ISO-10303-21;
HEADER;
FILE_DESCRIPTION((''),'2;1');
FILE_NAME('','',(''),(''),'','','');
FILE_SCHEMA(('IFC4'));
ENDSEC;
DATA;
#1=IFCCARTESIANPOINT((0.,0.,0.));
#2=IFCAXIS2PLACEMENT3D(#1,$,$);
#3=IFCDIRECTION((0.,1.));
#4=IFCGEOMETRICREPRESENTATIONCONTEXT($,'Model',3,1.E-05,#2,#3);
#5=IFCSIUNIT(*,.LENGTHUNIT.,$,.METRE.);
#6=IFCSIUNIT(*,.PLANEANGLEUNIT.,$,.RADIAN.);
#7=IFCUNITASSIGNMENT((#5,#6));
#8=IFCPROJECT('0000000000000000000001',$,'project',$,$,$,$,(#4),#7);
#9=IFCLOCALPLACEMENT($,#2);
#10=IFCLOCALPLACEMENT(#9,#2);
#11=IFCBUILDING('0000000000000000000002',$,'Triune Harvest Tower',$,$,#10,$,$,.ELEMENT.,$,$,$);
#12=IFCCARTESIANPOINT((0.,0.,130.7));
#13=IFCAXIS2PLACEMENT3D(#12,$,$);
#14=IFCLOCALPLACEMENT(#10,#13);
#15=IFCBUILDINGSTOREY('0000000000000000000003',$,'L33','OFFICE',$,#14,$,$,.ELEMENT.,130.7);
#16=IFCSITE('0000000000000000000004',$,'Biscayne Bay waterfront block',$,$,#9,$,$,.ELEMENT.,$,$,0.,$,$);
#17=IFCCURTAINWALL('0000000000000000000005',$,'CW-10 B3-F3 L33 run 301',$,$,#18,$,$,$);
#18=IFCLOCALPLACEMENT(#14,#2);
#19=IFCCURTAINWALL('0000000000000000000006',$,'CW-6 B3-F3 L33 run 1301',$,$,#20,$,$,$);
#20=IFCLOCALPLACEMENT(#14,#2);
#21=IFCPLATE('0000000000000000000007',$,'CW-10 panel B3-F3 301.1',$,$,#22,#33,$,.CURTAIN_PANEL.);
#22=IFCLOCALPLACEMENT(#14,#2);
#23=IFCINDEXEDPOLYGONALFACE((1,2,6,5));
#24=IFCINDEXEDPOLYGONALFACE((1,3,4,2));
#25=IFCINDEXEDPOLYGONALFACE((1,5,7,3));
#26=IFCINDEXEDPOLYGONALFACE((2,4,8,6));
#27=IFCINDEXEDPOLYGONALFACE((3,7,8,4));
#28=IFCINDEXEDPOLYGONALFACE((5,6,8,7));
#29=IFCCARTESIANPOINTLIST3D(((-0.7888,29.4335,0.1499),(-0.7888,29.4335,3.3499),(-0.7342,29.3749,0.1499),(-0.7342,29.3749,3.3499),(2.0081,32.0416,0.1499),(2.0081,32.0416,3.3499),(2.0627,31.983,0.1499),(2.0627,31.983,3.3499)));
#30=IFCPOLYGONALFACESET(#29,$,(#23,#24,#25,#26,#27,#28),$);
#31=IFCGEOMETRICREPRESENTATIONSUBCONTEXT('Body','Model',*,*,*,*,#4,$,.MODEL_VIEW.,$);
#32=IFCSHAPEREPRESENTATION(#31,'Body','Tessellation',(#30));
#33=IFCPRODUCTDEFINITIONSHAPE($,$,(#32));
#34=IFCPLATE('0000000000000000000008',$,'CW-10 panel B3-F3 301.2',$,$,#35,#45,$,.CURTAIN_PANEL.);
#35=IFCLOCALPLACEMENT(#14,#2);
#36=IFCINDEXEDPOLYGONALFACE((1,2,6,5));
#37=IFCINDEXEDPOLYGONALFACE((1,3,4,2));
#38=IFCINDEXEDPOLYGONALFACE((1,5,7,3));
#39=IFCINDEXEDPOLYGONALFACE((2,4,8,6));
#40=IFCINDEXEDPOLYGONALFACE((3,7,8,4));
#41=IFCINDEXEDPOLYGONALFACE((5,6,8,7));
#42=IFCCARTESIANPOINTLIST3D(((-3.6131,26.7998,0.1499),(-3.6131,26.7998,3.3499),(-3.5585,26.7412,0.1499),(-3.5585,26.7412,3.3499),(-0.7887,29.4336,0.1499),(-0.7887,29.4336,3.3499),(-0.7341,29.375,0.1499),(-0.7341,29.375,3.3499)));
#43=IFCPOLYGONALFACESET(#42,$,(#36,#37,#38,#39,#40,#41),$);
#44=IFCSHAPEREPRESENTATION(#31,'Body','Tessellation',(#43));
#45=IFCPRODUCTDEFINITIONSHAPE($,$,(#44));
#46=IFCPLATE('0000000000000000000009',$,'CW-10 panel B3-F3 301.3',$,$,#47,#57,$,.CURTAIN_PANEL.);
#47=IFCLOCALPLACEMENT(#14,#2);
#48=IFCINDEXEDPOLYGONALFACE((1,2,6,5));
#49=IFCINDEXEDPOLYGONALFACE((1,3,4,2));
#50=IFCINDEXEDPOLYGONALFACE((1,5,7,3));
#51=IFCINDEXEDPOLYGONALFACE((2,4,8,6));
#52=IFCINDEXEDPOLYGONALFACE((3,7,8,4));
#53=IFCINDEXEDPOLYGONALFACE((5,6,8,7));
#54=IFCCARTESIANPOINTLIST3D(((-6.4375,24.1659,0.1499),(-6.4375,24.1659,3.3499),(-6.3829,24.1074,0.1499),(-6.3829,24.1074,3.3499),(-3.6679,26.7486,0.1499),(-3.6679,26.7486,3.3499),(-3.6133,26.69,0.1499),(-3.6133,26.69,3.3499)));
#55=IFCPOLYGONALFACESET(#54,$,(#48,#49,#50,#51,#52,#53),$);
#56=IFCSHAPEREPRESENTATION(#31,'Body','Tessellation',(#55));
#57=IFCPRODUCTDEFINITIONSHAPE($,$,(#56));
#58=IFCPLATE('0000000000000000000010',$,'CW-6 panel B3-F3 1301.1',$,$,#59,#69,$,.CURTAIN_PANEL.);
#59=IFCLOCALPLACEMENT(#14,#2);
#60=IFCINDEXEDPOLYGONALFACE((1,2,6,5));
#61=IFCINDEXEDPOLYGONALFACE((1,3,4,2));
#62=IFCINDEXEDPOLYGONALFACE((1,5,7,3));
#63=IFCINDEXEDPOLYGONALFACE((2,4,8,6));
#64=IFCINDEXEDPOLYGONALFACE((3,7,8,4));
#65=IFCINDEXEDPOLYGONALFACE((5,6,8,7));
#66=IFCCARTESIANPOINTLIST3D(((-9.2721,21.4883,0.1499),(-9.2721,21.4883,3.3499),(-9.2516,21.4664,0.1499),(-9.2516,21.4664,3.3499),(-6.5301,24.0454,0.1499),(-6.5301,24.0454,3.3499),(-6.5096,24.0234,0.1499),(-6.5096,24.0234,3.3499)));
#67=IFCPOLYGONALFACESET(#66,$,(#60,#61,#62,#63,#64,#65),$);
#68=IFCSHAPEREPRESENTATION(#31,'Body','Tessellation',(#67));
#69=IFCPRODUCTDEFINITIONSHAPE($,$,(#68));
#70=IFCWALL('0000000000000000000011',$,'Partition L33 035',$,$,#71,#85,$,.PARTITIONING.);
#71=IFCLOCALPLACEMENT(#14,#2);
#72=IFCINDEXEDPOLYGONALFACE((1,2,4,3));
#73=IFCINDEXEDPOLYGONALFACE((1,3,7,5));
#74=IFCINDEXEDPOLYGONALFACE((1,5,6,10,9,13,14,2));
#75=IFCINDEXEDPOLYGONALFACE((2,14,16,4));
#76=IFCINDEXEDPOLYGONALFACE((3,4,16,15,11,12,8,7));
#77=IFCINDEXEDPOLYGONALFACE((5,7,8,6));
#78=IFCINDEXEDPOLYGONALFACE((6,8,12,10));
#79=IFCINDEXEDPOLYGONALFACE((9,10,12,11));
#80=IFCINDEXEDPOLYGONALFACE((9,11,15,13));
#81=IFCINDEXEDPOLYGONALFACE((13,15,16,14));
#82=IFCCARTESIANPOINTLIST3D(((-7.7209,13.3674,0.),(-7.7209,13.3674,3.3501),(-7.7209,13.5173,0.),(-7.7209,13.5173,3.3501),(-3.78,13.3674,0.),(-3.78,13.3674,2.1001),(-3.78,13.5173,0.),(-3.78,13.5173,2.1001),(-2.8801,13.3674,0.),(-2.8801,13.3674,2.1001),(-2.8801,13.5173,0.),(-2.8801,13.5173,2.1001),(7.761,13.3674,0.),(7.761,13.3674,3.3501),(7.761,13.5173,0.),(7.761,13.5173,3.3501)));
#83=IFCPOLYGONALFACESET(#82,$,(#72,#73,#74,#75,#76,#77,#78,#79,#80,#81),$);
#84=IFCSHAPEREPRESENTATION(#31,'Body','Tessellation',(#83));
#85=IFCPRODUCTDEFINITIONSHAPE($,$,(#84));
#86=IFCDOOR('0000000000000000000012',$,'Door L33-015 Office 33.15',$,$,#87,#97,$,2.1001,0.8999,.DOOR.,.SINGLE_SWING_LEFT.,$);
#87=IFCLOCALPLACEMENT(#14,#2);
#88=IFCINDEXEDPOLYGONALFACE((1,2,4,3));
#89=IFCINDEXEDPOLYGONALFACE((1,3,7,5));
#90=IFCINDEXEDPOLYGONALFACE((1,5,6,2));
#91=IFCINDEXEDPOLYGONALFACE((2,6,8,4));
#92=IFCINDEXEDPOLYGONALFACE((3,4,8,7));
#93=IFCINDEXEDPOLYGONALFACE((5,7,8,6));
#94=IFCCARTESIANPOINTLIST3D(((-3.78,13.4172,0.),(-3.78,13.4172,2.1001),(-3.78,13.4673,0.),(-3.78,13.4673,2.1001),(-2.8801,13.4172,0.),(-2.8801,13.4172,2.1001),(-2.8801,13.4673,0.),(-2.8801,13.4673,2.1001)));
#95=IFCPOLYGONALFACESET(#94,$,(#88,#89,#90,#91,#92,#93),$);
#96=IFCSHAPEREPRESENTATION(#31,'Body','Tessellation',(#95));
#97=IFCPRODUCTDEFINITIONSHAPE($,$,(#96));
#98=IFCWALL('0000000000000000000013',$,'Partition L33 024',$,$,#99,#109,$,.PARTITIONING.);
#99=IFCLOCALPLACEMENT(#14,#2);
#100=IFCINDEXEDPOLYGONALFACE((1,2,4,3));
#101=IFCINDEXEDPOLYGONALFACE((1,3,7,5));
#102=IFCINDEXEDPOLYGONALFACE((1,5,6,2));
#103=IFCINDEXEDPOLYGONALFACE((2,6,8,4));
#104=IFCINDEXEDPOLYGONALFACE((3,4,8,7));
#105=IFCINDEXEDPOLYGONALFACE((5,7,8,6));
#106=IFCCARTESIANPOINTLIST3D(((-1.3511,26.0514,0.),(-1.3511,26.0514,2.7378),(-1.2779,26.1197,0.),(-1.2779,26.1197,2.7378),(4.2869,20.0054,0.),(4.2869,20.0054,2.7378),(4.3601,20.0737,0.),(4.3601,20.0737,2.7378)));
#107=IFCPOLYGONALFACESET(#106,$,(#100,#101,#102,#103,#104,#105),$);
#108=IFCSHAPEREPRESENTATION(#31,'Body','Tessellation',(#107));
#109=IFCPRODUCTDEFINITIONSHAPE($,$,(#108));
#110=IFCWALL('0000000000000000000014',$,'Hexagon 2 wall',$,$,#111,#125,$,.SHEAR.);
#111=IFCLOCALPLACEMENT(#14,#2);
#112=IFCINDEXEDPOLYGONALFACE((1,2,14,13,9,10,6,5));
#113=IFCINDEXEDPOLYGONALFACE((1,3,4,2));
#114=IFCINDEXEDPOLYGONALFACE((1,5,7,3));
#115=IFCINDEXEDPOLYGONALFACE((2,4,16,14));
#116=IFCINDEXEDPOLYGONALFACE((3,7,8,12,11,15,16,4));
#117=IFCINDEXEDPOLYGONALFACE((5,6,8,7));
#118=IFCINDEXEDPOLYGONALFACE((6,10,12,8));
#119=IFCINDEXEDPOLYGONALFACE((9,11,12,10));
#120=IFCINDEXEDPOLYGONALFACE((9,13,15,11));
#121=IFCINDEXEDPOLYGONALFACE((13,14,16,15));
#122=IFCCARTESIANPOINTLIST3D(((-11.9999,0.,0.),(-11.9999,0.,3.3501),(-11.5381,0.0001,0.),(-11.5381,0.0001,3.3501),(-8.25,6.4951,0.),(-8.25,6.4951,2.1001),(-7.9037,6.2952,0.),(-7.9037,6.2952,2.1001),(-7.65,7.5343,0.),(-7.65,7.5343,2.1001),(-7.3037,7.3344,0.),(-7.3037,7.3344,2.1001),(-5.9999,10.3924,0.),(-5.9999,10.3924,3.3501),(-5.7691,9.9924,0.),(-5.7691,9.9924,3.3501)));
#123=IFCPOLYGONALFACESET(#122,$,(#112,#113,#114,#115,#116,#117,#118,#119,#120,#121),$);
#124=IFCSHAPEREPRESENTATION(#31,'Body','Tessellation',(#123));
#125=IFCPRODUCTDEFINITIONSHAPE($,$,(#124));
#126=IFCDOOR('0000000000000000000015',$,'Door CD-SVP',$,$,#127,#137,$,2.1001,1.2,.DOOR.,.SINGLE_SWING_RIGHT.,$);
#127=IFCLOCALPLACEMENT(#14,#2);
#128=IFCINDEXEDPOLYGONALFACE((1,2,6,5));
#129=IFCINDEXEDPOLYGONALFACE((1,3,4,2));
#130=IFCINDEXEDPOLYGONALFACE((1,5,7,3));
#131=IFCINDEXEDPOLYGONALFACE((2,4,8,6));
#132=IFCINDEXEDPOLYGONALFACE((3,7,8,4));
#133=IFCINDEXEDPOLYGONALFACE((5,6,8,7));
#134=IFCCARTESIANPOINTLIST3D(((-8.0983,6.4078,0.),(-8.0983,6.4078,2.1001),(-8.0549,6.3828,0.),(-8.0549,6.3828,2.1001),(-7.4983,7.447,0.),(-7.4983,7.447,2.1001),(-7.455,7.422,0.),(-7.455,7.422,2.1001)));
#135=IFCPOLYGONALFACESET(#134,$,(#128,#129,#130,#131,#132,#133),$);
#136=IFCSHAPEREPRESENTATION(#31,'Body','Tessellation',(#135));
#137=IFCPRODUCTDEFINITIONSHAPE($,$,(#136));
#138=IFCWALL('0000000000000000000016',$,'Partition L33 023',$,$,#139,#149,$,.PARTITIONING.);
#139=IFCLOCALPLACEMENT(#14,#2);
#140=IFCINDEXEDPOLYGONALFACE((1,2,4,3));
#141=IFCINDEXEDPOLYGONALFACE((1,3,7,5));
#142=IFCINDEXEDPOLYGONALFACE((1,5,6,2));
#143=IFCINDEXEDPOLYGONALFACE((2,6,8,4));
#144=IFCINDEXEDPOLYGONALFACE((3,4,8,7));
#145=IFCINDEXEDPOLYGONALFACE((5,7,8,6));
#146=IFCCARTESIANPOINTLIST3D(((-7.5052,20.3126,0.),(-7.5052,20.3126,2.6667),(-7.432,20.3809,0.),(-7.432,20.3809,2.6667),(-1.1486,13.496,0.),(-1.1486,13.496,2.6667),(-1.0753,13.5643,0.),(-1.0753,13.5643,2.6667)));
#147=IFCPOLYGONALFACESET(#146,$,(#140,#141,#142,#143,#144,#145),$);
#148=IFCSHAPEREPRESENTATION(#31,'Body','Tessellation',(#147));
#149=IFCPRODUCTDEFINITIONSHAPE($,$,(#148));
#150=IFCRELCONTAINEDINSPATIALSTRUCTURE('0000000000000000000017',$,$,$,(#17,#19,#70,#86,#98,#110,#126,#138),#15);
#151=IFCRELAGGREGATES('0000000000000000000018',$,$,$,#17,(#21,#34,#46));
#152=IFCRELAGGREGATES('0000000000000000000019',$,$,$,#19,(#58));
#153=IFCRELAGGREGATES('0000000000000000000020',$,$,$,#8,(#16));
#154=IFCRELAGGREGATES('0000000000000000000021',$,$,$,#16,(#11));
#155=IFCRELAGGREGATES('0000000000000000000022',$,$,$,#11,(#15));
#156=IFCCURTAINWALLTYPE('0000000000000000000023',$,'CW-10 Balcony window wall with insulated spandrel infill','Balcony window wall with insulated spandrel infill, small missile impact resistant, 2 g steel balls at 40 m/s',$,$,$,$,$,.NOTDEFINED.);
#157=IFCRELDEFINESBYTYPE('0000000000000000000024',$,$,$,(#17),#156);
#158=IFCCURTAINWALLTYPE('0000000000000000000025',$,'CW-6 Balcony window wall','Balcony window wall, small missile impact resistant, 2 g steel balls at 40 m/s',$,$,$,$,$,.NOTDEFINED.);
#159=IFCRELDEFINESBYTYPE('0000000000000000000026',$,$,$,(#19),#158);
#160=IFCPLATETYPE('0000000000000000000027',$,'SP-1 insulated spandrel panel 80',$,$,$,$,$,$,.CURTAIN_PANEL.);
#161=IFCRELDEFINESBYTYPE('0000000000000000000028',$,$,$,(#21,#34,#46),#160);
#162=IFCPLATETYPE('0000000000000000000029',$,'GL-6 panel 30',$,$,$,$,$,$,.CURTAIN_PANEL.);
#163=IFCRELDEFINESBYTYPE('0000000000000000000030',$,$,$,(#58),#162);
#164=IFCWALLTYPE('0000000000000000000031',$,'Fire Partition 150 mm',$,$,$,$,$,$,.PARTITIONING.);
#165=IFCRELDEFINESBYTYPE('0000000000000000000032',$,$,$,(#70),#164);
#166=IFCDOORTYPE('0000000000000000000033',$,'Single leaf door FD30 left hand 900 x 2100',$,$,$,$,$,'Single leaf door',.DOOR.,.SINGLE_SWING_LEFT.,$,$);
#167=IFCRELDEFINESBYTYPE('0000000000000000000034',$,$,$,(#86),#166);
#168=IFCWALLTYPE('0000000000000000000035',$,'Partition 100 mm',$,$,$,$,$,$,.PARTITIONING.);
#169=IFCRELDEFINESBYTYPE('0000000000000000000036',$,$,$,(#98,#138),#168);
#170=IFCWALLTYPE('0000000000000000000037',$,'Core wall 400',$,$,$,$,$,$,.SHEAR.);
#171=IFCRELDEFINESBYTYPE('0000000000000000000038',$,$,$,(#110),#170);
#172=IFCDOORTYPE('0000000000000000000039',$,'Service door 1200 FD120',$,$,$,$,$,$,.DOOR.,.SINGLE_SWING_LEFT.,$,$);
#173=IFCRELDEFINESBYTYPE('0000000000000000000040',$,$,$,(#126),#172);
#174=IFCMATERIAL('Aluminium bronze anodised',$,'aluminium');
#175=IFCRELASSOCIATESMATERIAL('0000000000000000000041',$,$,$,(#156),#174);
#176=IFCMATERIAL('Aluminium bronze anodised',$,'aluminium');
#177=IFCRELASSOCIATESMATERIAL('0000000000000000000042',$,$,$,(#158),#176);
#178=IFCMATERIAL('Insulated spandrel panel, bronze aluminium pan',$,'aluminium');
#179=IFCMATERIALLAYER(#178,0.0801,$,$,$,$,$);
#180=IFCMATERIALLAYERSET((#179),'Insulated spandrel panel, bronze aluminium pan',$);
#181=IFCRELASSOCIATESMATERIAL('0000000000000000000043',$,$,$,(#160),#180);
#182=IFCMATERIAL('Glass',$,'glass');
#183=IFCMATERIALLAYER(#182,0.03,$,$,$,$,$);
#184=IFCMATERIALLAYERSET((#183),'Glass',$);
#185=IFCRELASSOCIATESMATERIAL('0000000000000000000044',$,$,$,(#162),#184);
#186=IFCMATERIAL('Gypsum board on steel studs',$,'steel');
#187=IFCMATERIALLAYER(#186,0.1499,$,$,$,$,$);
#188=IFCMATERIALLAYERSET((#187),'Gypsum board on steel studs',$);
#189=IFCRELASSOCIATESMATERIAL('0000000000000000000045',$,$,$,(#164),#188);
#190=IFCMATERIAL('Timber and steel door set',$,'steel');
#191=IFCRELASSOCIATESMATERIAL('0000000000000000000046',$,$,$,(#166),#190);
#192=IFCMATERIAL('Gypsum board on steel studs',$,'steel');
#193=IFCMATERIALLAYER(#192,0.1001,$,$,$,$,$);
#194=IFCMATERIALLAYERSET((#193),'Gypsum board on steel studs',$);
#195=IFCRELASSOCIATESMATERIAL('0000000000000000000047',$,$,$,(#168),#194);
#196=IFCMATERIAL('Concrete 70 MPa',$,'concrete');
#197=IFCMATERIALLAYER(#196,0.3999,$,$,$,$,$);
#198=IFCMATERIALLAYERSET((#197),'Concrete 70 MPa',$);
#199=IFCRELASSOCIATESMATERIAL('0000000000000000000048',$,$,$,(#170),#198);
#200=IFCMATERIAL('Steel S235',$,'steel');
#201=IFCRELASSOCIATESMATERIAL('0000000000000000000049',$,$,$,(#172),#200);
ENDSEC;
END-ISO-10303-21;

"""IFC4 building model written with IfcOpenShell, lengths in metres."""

from ifc_helpers import new_model, si_unit, direction, frame, frame_2d, origin, origin_2d, place, context, subcontext, project, spatial, polyline, rectangle, outline, extrude, source, transform, mapped, material, layer, layer_set, type_object, element, fill, aggregate, save


model = new_model("IFC4")

# Units and contexts
model_context = context("Model", 3, precision=1e-05, world=origin(), true_north=direction((0.0, 1.0)))
body_context = subcontext(model_context, "Body", "Model", "MODEL_VIEW")
ifc_project = project(units=[si_unit("LENGTHUNIT", "METRE"), si_unit("PLANEANGLEUNIT", "RADIAN")], contexts=[model_context])

# Site, building, storey
site_placement = place(None, origin())
site = spatial("IfcSite", under=ifc_project, at=site_placement, Name="Biscayne Bay waterfront block", CompositionType="ELEMENT", RefElevation=0.0)
building_placement = place(site_placement, origin())
building = spatial("IfcBuilding", under=site, at=building_placement, Name="Triune Harvest Tower", CompositionType="ELEMENT")
storey_placement = place(building_placement, frame((0.0, 0.0, 130.7)))
storey = spatial("IfcBuildingStorey", under=building, at=storey_placement, Name="L33", Description="OFFICE", CompositionType="ELEMENT", Elevation=130.7)

# Curtain wall
ifc_material_1 = material(Name="Aluminium bronze anodised", Category="aluminium")
curtain_wall_type_1 = type_object("IfcCurtainWallType", Name="CW-10 Balcony window wall with insulated spandrel infill", Description="Balcony window wall with insulated spandrel infill, small missile impact resistant, 2 g steel balls at 40 m/s", PredefinedType="NOTDEFINED", material=ifc_material_1)
curtain_wall_1_placement = place(storey_placement, origin())
curtain_wall_1 = element("IfcCurtainWall", 1, at=curtain_wall_1_placement, inside=storey, type_object=curtain_wall_type_1, Name="CW-10 B3-F3 L33 run 301")

# Curtain wall
ifc_material_2 = material(Name="Aluminium bronze anodised", Category="aluminium")
curtain_wall_type_2 = type_object("IfcCurtainWallType", Name="CW-6 Balcony window wall", Description="Balcony window wall, small missile impact resistant, 2 g steel balls at 40 m/s", PredefinedType="NOTDEFINED", material=ifc_material_2)
curtain_wall_2_placement = place(storey_placement, origin())
curtain_wall_2 = element("IfcCurtainWall", 2, at=curtain_wall_2_placement, inside=storey, type_object=curtain_wall_type_2, Name="CW-6 B3-F3 L33 run 1301")

# Plates
ifc_material_3 = material(Name="Insulated spandrel panel, bronze aluminium pan", Category="aluminium")
ifc_layer_1 = layer(ifc_material_3, 0.0801)
ifc_layer_set_1 = layer_set([ifc_layer_1], Name="Insulated spandrel panel, bronze aluminium pan")
plate_type_1 = type_object("IfcPlateType", Name="SP-1 insulated spandrel panel 80", PredefinedType="CURTAIN_PANEL", material=ifc_layer_set_1)
plate_1_placement = place(storey_placement, frame((0.637, 30.7083, 0.1499), z_axis=(0.0, 0.0, 1.0), x_axis=(-0.731355, -0.681997, 0.0)))
plate_1 = element("IfcPlate", 3, at=plate_1_placement, type_object=plate_type_1, Name="CW-10 panel B3-F3 301.1", PredefinedType="CURTAIN_PANEL", context=body_context, shape_type="SweptSolid", body=[
    extrude(rectangle(XDim=3.8242, YDim=0.0801, at=origin_2d()), origin(), (0.0, 0.0, 1.0), 3.2),
])
plate_2_placement = place(storey_placement, frame((-2.1736, 28.0874, 0.1499), z_axis=(0.0, 0.0, 1.0), x_axis=(-0.731355, -0.681997, 0.0)))
plate_2 = element("IfcPlate", 4, at=plate_2_placement, type_object=plate_type_1, Name="CW-10 panel B3-F3 301.2", PredefinedType="CURTAIN_PANEL", context=body_context, shape_type="SweptSolid", body=[
    extrude(rectangle(XDim=3.8618, YDim=0.0801, at=origin_2d()), origin(), (0.0, 0.0, 1.0), 3.2),
])
plate_3_placement = place(storey_placement, frame((-5.0254, 25.428, 0.1499), z_axis=(0.0, 0.0, 1.0), x_axis=(-0.731355, -0.681997, 0.0)))
plate_3 = element("IfcPlate", 5, at=plate_3_placement, type_object=plate_type_1, Name="CW-10 panel B3-F3 301.3", PredefinedType="CURTAIN_PANEL", context=body_context, shape_type="SweptSolid", body=[
    extrude(rectangle(XDim=3.7869, YDim=0.0801, at=origin_2d()), origin(), (0.0, 0.0, 1.0), 3.2),
])
aggregate(curtain_wall_1, [plate_1, plate_2, plate_3])
ifc_material_4 = material(Name="Glass", Category="glass")
ifc_layer_2 = layer(ifc_material_4, 0.03)
ifc_layer_set_2 = layer_set([ifc_layer_2], Name="Glass")
plate_type_2 = type_object("IfcPlateType", Name="GL-6 panel 30", PredefinedType="CURTAIN_PANEL", material=ifc_layer_set_2)
shared_shape_1 = source(origin(), body_context, "Body", "SweptSolid", [
    extrude(rectangle(XDim=3.7493, YDim=0.03, at=origin_2d()), origin(), (0.0, 0.0, 1.0), 3.2),
])
plate_4_placement = place(storey_placement, frame((-7.8909, 22.7559, 0.1499), z_axis=(0.0, 0.0, 1.0), x_axis=(-0.731347, -0.682006, 0.0)))
plate_4 = element("IfcPlate", 6, at=plate_4_placement, type_object=plate_type_2, Name="CW-6 panel B3-F3 1301.1", PredefinedType="CURTAIN_PANEL", context=body_context, shape_type="MappedRepresentation", body=[
    mapped(shared_shape_1, transform((0.0, 0.0, 0.0), scale=1.0)),
])
aggregate(curtain_wall_2, [plate_4])

# Wall, opening, door
ifc_material_5 = material(Name="Gypsum board on steel studs", Category="steel")
ifc_layer_3 = layer(ifc_material_5, 0.1499)
ifc_layer_set_3 = layer_set([ifc_layer_3], Name="Gypsum board on steel studs")
wall_type_1 = type_object("IfcWallType", Name="Fire Partition 150 mm", PredefinedType="PARTITIONING", material=ifc_layer_set_3)
wall_1_placement = place(storey_placement, frame((-7.7209, 13.4424, 0.0), z_axis=(0.0, 0.0, 1.0), x_axis=(1.0, 0.0, 0.0)))
wall_1 = element("IfcWall", 7, at=wall_1_placement, inside=storey, type_object=wall_type_1, Name="Partition L33 035", PredefinedType="PARTITIONING", context=body_context, shape_type="SweptSolid", body=[
    extrude(rectangle(XDim=15.4819, YDim=0.1499, at=frame_2d((7.741, 0.0))), origin(), (0.0, 0.0, 1.0), 3.3501),
])
opening_1_placement = place(wall_1_placement, frame((3.9409, 0.0, 0.0)))
opening_1 = element("IfcOpeningElement", 8, at=opening_1_placement, cuts=wall_1, PredefinedType="OPENING", context=body_context, shape_type="SweptSolid", body=[
    extrude(rectangle(XDim=0.8999, YDim=2.1001, at=frame_2d((0.45, 1.05))), frame((0.0, 0.085, 0.0), z_axis=(0.0, -1.0, 0.0), x_axis=(1.0, 0.0, 0.0)), (0.0, 0.0, 1.0), 0.1699),
])
ifc_material_6 = material(Name="Timber and steel door set", Category="steel")
door_type_1 = type_object("IfcDoorType", Name="Single leaf door FD30 left hand 900 x 2100", ElementType="Single leaf door", OperationType="SINGLE_SWING_LEFT", PredefinedType="DOOR", material=ifc_material_6)
door_1_placement = place(opening_1_placement, origin())
door_1 = element("IfcDoor", 9, at=door_1_placement, inside=storey, type_object=door_type_1, Name="Door L33-015 Office 33.15", OperationType="SINGLE_SWING_LEFT", OverallHeight=2.1001, OverallWidth=0.8999, PredefinedType="DOOR", context=body_context, shape_type="SweptSolid", body=[
    extrude(rectangle(XDim=0.8999, YDim=2.1001, at=frame_2d((0.45, 1.05))), frame((0.0, 0.0249, 0.0), z_axis=(0.0, -1.0, 0.0), x_axis=(1.0, 0.0, 0.0)), (0.0, 0.0, 1.0), 0.05),
])
fill(opening_1, door_1)

# Wall
ifc_material_7 = material(Name="Gypsum board on steel studs", Category="steel")
ifc_layer_4 = layer(ifc_material_7, 0.1001)
ifc_layer_set_4 = layer_set([ifc_layer_4], Name="Gypsum board on steel studs")
wall_type_2 = type_object("IfcWallType", Name="Partition 100 mm", PredefinedType="PARTITIONING", material=ifc_layer_set_4)
wall_2_placement = place(storey_placement, frame((-1.3145, 26.0854, 0.0), z_axis=(0.0, 0.0, 1.0), x_axis=(0.682001, -0.731351, 0.0)))
element("IfcWall", 10, at=wall_2_placement, inside=storey, type_object=wall_type_2, Name="Partition L33 024", PredefinedType="PARTITIONING", context=body_context, shape_type="SweptSolid", body=[
    extrude(rectangle(XDim=8.2668, YDim=0.1001, at=frame_2d((4.1333, 0.0))), origin(), (0.0, 0.0, 1.0), 2.7378),
])

# Wall, opening, door
ifc_material_8 = material(Name="Concrete 70 MPa", Category="concrete")
ifc_layer_5 = layer(ifc_material_8, 0.3999)
ifc_layer_set_5 = layer_set([ifc_layer_5], Name="Concrete 70 MPa")
wall_type_3 = type_object("IfcWallType", Name="Core wall 400", PredefinedType="SHEAR", material=ifc_layer_set_5)
shared_shape_2 = source(origin(), body_context, "Body", "SweptSolid", [
    extrude(outline(polyline([(-0.1155, -0.2), (11.8845, -0.2), (11.6536, 0.2), (0.1155, 0.2), (-0.1155, -0.2)])), origin(), (0.0, 0.0, 1.0), 3.3501),
])
wall_3_placement = place(storey_placement, frame((-5.8845, 10.1924, 0.0), z_axis=(0.0, 0.0, 1.0), x_axis=(-0.499997, -0.866027, 0.0)))
wall_3 = element("IfcWall", 11, at=wall_3_placement, inside=storey, type_object=wall_type_3, Name="Hexagon 2 wall", PredefinedType="SHEAR", context=body_context, shape_type="MappedRepresentation", body=[
    mapped(shared_shape_2, transform((0.0, 0.0, 0.0), scale=1.0)),
])
opening_2_placement = place(wall_3_placement, frame((3.1846, 0.0, 0.0)))
opening_2 = element("IfcOpeningElement", 12, at=opening_2_placement, cuts=wall_3, PredefinedType="OPENING", context=body_context, shape_type="SweptSolid", body=[
    extrude(rectangle(XDim=1.2, YDim=2.1001, at=frame_2d((0.6001, 1.05))), frame((0.0, 0.21, 0.0), z_axis=(0.0, -1.0, 0.0), x_axis=(1.0, 0.0, 0.0)), (0.0, 0.0, 1.0), 0.4199),
])
ifc_material_9 = material(Name="Steel S235", Category="steel")
door_type_2 = type_object("IfcDoorType", Name="Service door 1200 FD120", OperationType="SINGLE_SWING_LEFT", PredefinedType="DOOR", material=ifc_material_9)
door_2_placement = place(opening_2_placement, frame((1.2, 0.0, 0.0), z_axis=(0.0, 0.0, 1.0), x_axis=(-1.0, 0.0, 0.0)))
door_2 = element("IfcDoor", 13, at=door_2_placement, inside=storey, type_object=door_type_2, Name="Door CD-SVP", OperationType="SINGLE_SWING_RIGHT", OverallHeight=2.1001, OverallWidth=1.2, PredefinedType="DOOR", context=body_context, shape_type="SweptSolid", body=[
    extrude(rectangle(XDim=1.2, YDim=2.1001, at=frame_2d((0.6001, 1.05))), frame((0.0, 0.0249, 0.0), z_axis=(0.0, -1.0, 0.0), x_axis=(1.0, 0.0, 0.0)), (0.0, 0.0, 1.0), 0.05),
])
fill(opening_2, door_2)

# Wall
shared_shape_3 = source(origin(), body_context, "Body", "SweptSolid", [
    extrude(rectangle(XDim=9.3206, YDim=0.1001, at=frame_2d((4.6602, 0.0))), origin(), (0.0, 0.0, 1.0), 2.6667),
])
wall_4_placement = place(storey_placement, frame((-7.4685, 20.3467, 0.0), z_axis=(0.0, 0.0, 1.0), x_axis=(0.682002, -0.73135, 0.0)))
element("IfcWall", 14, at=wall_4_placement, inside=storey, type_object=wall_type_2, Name="Partition L33 023", PredefinedType="PARTITIONING", context=body_context, shape_type="MappedRepresentation", body=[
    mapped(shared_shape_3, transform((0.0, 0.0, 0.0), scale=1.0)),
])

save(model, "model.ifc")
